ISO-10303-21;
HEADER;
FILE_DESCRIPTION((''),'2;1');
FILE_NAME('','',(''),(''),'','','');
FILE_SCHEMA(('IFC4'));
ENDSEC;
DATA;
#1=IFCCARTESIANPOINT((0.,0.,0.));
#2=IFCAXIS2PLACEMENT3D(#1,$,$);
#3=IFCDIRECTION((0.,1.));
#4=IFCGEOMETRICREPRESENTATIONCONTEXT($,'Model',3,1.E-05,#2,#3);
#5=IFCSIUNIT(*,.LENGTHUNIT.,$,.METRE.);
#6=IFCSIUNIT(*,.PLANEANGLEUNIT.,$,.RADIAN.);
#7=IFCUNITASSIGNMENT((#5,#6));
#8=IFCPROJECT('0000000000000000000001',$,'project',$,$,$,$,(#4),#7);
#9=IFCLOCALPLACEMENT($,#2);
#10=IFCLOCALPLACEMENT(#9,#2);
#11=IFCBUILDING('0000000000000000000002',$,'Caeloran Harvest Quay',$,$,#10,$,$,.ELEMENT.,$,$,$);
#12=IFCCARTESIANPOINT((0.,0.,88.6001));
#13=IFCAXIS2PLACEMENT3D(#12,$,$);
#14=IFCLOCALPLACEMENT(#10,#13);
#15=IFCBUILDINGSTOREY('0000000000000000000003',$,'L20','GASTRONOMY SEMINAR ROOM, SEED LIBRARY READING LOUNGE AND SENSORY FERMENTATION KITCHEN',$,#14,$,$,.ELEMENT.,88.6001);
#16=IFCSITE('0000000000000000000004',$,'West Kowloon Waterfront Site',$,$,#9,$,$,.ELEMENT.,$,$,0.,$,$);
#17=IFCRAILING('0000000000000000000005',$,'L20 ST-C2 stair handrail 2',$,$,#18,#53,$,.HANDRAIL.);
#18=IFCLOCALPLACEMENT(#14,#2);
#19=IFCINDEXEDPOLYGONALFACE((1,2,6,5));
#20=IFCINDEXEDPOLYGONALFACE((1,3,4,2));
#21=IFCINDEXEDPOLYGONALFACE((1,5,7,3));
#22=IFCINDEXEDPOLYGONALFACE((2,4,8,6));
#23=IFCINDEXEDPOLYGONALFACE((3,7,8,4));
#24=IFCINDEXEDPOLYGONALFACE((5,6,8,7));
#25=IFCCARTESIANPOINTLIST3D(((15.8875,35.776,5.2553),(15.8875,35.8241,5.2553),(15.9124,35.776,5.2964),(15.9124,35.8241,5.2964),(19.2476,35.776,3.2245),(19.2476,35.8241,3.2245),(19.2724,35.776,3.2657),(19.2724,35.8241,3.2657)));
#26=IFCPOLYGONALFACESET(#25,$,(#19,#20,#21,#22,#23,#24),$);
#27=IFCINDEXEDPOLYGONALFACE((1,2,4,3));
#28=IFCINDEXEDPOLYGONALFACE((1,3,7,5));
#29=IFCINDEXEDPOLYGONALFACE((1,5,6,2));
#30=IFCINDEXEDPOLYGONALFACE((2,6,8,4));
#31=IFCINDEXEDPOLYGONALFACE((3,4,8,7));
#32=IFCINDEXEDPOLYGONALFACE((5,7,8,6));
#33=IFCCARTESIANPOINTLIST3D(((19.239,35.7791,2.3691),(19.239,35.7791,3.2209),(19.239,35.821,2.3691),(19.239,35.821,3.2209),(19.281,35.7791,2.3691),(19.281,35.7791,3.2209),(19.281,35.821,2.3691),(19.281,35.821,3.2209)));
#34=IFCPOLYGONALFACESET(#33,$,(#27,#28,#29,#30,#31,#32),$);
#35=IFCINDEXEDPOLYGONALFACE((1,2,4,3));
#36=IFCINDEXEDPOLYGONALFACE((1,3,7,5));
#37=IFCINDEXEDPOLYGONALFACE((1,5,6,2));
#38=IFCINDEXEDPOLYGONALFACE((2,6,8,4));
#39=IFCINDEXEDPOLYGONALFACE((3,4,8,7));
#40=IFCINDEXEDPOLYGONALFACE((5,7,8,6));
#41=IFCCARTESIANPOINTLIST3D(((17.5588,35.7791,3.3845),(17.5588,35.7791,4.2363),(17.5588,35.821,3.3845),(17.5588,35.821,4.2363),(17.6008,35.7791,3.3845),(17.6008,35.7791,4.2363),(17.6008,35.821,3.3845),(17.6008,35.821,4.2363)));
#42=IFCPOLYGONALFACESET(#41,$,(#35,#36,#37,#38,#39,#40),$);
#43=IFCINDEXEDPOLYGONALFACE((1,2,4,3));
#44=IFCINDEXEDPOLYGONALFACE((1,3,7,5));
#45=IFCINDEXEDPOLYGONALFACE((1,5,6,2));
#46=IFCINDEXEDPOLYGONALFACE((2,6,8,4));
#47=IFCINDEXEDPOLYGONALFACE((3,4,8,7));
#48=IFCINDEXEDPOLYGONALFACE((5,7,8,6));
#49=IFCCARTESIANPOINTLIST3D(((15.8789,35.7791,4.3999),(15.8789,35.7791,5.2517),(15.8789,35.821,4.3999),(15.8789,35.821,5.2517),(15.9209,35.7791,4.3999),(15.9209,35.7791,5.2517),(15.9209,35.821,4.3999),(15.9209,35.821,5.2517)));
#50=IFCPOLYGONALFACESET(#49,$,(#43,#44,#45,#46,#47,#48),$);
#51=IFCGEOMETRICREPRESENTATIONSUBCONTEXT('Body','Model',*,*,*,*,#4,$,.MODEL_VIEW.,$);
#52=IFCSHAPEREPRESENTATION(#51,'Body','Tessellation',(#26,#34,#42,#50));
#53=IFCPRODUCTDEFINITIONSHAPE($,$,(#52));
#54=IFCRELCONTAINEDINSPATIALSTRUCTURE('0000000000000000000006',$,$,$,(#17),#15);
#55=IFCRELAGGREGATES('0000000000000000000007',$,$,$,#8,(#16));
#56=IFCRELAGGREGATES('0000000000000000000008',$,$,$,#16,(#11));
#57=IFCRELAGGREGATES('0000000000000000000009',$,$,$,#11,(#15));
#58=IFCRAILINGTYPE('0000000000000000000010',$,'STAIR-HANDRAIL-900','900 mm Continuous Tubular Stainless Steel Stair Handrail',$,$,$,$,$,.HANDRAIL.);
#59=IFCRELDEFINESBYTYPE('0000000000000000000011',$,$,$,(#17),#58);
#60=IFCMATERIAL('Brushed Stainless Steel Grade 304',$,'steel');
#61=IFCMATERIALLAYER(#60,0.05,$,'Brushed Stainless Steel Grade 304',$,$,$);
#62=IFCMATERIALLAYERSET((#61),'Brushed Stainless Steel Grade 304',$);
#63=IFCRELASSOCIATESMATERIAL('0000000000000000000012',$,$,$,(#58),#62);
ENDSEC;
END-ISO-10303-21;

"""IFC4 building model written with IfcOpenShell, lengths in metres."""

from ifc_helpers import new_model, si_unit, direction, frame, origin, origin_2d, place, context, subcontext, project, spatial, rectangle, extrude, material, layer, layer_set, type_object, element, save


model = new_model("IFC4")

# Units and contexts
model_context = context("Model", 3, precision=1e-05, world=origin(), true_north=direction((0.0, 1.0)))
body_context = subcontext(model_context, "Body", "Model", "MODEL_VIEW")
ifc_project = project(units=[si_unit("LENGTHUNIT", "METRE"), si_unit("PLANEANGLEUNIT", "RADIAN")], contexts=[model_context])

# Site, building, storey
site_placement = place(None, origin())
site = spatial("IfcSite", under=ifc_project, at=site_placement, Name="West Kowloon Waterfront Site", CompositionType="ELEMENT", RefElevation=0.0)
building_placement = place(site_placement, origin())
building = spatial("IfcBuilding", under=site, at=building_placement, Name="Caeloran Harvest Quay", CompositionType="ELEMENT")
storey_placement = place(building_placement, frame((0.0, 0.0, 88.6001)))
storey = spatial("IfcBuildingStorey", under=building, at=storey_placement, Name="L20", Description="GASTRONOMY SEMINAR ROOM, SEED LIBRARY READING LOUNGE AND SENSORY FERMENTATION KITCHEN", CompositionType="ELEMENT", Elevation=88.6001)

# Railing
ifc_material_1 = material(Name="Brushed Stainless Steel Grade 304", Category="steel")
ifc_layer_1 = layer(ifc_material_1, 0.05, Name="Brushed Stainless Steel Grade 304")
ifc_layer_set_1 = layer_set([ifc_layer_1], Name="Brushed Stainless Steel Grade 304")
railing_type_1 = type_object("IfcRailingType", Name="STAIR-HANDRAIL-900", Description="900 mm Continuous Tubular Stainless Steel Stair Handrail", PredefinedType="HANDRAIL", material=ifc_layer_set_1)
for number, where, name in (
    (1, (19.26, 35.8, 2.3691), "L20 ST-C2 stair handrail 2"),
):
    element("IfcRailing", number, at=place(storey_placement, frame(where)), inside=storey, type_object=railing_type_1, Name=name, PredefinedType="HANDRAIL", context=body_context, shape_type="SweptSolid", body=[
        extrude(rectangle(XDim=0.0481, YDim=0.0481, at=origin_2d()), frame((0.0, 0.0, 0.876), z_axis=(-0.855837, 0.0, 0.517246), x_axis=(0.0, -1.0, 0.0)), (0.0, 0.0, 1.0), 3.926),
        extrude(rectangle(XDim=0.042, YDim=0.042, at=origin_2d()), origin(), (0.0, 0.0, 1.0), 0.8518),
        extrude(rectangle(XDim=0.042, YDim=0.042, at=origin_2d()), frame((-1.6802, 0.0, 1.0154)), (0.0, 0.0, 1.0), 0.8518),
        extrude(rectangle(XDim=0.042, YDim=0.042, at=origin_2d()), frame((-3.3601, 0.0, 2.0308)), (0.0, 0.0, 1.0), 0.8518),
    ])

save(model, "model.ifc")
